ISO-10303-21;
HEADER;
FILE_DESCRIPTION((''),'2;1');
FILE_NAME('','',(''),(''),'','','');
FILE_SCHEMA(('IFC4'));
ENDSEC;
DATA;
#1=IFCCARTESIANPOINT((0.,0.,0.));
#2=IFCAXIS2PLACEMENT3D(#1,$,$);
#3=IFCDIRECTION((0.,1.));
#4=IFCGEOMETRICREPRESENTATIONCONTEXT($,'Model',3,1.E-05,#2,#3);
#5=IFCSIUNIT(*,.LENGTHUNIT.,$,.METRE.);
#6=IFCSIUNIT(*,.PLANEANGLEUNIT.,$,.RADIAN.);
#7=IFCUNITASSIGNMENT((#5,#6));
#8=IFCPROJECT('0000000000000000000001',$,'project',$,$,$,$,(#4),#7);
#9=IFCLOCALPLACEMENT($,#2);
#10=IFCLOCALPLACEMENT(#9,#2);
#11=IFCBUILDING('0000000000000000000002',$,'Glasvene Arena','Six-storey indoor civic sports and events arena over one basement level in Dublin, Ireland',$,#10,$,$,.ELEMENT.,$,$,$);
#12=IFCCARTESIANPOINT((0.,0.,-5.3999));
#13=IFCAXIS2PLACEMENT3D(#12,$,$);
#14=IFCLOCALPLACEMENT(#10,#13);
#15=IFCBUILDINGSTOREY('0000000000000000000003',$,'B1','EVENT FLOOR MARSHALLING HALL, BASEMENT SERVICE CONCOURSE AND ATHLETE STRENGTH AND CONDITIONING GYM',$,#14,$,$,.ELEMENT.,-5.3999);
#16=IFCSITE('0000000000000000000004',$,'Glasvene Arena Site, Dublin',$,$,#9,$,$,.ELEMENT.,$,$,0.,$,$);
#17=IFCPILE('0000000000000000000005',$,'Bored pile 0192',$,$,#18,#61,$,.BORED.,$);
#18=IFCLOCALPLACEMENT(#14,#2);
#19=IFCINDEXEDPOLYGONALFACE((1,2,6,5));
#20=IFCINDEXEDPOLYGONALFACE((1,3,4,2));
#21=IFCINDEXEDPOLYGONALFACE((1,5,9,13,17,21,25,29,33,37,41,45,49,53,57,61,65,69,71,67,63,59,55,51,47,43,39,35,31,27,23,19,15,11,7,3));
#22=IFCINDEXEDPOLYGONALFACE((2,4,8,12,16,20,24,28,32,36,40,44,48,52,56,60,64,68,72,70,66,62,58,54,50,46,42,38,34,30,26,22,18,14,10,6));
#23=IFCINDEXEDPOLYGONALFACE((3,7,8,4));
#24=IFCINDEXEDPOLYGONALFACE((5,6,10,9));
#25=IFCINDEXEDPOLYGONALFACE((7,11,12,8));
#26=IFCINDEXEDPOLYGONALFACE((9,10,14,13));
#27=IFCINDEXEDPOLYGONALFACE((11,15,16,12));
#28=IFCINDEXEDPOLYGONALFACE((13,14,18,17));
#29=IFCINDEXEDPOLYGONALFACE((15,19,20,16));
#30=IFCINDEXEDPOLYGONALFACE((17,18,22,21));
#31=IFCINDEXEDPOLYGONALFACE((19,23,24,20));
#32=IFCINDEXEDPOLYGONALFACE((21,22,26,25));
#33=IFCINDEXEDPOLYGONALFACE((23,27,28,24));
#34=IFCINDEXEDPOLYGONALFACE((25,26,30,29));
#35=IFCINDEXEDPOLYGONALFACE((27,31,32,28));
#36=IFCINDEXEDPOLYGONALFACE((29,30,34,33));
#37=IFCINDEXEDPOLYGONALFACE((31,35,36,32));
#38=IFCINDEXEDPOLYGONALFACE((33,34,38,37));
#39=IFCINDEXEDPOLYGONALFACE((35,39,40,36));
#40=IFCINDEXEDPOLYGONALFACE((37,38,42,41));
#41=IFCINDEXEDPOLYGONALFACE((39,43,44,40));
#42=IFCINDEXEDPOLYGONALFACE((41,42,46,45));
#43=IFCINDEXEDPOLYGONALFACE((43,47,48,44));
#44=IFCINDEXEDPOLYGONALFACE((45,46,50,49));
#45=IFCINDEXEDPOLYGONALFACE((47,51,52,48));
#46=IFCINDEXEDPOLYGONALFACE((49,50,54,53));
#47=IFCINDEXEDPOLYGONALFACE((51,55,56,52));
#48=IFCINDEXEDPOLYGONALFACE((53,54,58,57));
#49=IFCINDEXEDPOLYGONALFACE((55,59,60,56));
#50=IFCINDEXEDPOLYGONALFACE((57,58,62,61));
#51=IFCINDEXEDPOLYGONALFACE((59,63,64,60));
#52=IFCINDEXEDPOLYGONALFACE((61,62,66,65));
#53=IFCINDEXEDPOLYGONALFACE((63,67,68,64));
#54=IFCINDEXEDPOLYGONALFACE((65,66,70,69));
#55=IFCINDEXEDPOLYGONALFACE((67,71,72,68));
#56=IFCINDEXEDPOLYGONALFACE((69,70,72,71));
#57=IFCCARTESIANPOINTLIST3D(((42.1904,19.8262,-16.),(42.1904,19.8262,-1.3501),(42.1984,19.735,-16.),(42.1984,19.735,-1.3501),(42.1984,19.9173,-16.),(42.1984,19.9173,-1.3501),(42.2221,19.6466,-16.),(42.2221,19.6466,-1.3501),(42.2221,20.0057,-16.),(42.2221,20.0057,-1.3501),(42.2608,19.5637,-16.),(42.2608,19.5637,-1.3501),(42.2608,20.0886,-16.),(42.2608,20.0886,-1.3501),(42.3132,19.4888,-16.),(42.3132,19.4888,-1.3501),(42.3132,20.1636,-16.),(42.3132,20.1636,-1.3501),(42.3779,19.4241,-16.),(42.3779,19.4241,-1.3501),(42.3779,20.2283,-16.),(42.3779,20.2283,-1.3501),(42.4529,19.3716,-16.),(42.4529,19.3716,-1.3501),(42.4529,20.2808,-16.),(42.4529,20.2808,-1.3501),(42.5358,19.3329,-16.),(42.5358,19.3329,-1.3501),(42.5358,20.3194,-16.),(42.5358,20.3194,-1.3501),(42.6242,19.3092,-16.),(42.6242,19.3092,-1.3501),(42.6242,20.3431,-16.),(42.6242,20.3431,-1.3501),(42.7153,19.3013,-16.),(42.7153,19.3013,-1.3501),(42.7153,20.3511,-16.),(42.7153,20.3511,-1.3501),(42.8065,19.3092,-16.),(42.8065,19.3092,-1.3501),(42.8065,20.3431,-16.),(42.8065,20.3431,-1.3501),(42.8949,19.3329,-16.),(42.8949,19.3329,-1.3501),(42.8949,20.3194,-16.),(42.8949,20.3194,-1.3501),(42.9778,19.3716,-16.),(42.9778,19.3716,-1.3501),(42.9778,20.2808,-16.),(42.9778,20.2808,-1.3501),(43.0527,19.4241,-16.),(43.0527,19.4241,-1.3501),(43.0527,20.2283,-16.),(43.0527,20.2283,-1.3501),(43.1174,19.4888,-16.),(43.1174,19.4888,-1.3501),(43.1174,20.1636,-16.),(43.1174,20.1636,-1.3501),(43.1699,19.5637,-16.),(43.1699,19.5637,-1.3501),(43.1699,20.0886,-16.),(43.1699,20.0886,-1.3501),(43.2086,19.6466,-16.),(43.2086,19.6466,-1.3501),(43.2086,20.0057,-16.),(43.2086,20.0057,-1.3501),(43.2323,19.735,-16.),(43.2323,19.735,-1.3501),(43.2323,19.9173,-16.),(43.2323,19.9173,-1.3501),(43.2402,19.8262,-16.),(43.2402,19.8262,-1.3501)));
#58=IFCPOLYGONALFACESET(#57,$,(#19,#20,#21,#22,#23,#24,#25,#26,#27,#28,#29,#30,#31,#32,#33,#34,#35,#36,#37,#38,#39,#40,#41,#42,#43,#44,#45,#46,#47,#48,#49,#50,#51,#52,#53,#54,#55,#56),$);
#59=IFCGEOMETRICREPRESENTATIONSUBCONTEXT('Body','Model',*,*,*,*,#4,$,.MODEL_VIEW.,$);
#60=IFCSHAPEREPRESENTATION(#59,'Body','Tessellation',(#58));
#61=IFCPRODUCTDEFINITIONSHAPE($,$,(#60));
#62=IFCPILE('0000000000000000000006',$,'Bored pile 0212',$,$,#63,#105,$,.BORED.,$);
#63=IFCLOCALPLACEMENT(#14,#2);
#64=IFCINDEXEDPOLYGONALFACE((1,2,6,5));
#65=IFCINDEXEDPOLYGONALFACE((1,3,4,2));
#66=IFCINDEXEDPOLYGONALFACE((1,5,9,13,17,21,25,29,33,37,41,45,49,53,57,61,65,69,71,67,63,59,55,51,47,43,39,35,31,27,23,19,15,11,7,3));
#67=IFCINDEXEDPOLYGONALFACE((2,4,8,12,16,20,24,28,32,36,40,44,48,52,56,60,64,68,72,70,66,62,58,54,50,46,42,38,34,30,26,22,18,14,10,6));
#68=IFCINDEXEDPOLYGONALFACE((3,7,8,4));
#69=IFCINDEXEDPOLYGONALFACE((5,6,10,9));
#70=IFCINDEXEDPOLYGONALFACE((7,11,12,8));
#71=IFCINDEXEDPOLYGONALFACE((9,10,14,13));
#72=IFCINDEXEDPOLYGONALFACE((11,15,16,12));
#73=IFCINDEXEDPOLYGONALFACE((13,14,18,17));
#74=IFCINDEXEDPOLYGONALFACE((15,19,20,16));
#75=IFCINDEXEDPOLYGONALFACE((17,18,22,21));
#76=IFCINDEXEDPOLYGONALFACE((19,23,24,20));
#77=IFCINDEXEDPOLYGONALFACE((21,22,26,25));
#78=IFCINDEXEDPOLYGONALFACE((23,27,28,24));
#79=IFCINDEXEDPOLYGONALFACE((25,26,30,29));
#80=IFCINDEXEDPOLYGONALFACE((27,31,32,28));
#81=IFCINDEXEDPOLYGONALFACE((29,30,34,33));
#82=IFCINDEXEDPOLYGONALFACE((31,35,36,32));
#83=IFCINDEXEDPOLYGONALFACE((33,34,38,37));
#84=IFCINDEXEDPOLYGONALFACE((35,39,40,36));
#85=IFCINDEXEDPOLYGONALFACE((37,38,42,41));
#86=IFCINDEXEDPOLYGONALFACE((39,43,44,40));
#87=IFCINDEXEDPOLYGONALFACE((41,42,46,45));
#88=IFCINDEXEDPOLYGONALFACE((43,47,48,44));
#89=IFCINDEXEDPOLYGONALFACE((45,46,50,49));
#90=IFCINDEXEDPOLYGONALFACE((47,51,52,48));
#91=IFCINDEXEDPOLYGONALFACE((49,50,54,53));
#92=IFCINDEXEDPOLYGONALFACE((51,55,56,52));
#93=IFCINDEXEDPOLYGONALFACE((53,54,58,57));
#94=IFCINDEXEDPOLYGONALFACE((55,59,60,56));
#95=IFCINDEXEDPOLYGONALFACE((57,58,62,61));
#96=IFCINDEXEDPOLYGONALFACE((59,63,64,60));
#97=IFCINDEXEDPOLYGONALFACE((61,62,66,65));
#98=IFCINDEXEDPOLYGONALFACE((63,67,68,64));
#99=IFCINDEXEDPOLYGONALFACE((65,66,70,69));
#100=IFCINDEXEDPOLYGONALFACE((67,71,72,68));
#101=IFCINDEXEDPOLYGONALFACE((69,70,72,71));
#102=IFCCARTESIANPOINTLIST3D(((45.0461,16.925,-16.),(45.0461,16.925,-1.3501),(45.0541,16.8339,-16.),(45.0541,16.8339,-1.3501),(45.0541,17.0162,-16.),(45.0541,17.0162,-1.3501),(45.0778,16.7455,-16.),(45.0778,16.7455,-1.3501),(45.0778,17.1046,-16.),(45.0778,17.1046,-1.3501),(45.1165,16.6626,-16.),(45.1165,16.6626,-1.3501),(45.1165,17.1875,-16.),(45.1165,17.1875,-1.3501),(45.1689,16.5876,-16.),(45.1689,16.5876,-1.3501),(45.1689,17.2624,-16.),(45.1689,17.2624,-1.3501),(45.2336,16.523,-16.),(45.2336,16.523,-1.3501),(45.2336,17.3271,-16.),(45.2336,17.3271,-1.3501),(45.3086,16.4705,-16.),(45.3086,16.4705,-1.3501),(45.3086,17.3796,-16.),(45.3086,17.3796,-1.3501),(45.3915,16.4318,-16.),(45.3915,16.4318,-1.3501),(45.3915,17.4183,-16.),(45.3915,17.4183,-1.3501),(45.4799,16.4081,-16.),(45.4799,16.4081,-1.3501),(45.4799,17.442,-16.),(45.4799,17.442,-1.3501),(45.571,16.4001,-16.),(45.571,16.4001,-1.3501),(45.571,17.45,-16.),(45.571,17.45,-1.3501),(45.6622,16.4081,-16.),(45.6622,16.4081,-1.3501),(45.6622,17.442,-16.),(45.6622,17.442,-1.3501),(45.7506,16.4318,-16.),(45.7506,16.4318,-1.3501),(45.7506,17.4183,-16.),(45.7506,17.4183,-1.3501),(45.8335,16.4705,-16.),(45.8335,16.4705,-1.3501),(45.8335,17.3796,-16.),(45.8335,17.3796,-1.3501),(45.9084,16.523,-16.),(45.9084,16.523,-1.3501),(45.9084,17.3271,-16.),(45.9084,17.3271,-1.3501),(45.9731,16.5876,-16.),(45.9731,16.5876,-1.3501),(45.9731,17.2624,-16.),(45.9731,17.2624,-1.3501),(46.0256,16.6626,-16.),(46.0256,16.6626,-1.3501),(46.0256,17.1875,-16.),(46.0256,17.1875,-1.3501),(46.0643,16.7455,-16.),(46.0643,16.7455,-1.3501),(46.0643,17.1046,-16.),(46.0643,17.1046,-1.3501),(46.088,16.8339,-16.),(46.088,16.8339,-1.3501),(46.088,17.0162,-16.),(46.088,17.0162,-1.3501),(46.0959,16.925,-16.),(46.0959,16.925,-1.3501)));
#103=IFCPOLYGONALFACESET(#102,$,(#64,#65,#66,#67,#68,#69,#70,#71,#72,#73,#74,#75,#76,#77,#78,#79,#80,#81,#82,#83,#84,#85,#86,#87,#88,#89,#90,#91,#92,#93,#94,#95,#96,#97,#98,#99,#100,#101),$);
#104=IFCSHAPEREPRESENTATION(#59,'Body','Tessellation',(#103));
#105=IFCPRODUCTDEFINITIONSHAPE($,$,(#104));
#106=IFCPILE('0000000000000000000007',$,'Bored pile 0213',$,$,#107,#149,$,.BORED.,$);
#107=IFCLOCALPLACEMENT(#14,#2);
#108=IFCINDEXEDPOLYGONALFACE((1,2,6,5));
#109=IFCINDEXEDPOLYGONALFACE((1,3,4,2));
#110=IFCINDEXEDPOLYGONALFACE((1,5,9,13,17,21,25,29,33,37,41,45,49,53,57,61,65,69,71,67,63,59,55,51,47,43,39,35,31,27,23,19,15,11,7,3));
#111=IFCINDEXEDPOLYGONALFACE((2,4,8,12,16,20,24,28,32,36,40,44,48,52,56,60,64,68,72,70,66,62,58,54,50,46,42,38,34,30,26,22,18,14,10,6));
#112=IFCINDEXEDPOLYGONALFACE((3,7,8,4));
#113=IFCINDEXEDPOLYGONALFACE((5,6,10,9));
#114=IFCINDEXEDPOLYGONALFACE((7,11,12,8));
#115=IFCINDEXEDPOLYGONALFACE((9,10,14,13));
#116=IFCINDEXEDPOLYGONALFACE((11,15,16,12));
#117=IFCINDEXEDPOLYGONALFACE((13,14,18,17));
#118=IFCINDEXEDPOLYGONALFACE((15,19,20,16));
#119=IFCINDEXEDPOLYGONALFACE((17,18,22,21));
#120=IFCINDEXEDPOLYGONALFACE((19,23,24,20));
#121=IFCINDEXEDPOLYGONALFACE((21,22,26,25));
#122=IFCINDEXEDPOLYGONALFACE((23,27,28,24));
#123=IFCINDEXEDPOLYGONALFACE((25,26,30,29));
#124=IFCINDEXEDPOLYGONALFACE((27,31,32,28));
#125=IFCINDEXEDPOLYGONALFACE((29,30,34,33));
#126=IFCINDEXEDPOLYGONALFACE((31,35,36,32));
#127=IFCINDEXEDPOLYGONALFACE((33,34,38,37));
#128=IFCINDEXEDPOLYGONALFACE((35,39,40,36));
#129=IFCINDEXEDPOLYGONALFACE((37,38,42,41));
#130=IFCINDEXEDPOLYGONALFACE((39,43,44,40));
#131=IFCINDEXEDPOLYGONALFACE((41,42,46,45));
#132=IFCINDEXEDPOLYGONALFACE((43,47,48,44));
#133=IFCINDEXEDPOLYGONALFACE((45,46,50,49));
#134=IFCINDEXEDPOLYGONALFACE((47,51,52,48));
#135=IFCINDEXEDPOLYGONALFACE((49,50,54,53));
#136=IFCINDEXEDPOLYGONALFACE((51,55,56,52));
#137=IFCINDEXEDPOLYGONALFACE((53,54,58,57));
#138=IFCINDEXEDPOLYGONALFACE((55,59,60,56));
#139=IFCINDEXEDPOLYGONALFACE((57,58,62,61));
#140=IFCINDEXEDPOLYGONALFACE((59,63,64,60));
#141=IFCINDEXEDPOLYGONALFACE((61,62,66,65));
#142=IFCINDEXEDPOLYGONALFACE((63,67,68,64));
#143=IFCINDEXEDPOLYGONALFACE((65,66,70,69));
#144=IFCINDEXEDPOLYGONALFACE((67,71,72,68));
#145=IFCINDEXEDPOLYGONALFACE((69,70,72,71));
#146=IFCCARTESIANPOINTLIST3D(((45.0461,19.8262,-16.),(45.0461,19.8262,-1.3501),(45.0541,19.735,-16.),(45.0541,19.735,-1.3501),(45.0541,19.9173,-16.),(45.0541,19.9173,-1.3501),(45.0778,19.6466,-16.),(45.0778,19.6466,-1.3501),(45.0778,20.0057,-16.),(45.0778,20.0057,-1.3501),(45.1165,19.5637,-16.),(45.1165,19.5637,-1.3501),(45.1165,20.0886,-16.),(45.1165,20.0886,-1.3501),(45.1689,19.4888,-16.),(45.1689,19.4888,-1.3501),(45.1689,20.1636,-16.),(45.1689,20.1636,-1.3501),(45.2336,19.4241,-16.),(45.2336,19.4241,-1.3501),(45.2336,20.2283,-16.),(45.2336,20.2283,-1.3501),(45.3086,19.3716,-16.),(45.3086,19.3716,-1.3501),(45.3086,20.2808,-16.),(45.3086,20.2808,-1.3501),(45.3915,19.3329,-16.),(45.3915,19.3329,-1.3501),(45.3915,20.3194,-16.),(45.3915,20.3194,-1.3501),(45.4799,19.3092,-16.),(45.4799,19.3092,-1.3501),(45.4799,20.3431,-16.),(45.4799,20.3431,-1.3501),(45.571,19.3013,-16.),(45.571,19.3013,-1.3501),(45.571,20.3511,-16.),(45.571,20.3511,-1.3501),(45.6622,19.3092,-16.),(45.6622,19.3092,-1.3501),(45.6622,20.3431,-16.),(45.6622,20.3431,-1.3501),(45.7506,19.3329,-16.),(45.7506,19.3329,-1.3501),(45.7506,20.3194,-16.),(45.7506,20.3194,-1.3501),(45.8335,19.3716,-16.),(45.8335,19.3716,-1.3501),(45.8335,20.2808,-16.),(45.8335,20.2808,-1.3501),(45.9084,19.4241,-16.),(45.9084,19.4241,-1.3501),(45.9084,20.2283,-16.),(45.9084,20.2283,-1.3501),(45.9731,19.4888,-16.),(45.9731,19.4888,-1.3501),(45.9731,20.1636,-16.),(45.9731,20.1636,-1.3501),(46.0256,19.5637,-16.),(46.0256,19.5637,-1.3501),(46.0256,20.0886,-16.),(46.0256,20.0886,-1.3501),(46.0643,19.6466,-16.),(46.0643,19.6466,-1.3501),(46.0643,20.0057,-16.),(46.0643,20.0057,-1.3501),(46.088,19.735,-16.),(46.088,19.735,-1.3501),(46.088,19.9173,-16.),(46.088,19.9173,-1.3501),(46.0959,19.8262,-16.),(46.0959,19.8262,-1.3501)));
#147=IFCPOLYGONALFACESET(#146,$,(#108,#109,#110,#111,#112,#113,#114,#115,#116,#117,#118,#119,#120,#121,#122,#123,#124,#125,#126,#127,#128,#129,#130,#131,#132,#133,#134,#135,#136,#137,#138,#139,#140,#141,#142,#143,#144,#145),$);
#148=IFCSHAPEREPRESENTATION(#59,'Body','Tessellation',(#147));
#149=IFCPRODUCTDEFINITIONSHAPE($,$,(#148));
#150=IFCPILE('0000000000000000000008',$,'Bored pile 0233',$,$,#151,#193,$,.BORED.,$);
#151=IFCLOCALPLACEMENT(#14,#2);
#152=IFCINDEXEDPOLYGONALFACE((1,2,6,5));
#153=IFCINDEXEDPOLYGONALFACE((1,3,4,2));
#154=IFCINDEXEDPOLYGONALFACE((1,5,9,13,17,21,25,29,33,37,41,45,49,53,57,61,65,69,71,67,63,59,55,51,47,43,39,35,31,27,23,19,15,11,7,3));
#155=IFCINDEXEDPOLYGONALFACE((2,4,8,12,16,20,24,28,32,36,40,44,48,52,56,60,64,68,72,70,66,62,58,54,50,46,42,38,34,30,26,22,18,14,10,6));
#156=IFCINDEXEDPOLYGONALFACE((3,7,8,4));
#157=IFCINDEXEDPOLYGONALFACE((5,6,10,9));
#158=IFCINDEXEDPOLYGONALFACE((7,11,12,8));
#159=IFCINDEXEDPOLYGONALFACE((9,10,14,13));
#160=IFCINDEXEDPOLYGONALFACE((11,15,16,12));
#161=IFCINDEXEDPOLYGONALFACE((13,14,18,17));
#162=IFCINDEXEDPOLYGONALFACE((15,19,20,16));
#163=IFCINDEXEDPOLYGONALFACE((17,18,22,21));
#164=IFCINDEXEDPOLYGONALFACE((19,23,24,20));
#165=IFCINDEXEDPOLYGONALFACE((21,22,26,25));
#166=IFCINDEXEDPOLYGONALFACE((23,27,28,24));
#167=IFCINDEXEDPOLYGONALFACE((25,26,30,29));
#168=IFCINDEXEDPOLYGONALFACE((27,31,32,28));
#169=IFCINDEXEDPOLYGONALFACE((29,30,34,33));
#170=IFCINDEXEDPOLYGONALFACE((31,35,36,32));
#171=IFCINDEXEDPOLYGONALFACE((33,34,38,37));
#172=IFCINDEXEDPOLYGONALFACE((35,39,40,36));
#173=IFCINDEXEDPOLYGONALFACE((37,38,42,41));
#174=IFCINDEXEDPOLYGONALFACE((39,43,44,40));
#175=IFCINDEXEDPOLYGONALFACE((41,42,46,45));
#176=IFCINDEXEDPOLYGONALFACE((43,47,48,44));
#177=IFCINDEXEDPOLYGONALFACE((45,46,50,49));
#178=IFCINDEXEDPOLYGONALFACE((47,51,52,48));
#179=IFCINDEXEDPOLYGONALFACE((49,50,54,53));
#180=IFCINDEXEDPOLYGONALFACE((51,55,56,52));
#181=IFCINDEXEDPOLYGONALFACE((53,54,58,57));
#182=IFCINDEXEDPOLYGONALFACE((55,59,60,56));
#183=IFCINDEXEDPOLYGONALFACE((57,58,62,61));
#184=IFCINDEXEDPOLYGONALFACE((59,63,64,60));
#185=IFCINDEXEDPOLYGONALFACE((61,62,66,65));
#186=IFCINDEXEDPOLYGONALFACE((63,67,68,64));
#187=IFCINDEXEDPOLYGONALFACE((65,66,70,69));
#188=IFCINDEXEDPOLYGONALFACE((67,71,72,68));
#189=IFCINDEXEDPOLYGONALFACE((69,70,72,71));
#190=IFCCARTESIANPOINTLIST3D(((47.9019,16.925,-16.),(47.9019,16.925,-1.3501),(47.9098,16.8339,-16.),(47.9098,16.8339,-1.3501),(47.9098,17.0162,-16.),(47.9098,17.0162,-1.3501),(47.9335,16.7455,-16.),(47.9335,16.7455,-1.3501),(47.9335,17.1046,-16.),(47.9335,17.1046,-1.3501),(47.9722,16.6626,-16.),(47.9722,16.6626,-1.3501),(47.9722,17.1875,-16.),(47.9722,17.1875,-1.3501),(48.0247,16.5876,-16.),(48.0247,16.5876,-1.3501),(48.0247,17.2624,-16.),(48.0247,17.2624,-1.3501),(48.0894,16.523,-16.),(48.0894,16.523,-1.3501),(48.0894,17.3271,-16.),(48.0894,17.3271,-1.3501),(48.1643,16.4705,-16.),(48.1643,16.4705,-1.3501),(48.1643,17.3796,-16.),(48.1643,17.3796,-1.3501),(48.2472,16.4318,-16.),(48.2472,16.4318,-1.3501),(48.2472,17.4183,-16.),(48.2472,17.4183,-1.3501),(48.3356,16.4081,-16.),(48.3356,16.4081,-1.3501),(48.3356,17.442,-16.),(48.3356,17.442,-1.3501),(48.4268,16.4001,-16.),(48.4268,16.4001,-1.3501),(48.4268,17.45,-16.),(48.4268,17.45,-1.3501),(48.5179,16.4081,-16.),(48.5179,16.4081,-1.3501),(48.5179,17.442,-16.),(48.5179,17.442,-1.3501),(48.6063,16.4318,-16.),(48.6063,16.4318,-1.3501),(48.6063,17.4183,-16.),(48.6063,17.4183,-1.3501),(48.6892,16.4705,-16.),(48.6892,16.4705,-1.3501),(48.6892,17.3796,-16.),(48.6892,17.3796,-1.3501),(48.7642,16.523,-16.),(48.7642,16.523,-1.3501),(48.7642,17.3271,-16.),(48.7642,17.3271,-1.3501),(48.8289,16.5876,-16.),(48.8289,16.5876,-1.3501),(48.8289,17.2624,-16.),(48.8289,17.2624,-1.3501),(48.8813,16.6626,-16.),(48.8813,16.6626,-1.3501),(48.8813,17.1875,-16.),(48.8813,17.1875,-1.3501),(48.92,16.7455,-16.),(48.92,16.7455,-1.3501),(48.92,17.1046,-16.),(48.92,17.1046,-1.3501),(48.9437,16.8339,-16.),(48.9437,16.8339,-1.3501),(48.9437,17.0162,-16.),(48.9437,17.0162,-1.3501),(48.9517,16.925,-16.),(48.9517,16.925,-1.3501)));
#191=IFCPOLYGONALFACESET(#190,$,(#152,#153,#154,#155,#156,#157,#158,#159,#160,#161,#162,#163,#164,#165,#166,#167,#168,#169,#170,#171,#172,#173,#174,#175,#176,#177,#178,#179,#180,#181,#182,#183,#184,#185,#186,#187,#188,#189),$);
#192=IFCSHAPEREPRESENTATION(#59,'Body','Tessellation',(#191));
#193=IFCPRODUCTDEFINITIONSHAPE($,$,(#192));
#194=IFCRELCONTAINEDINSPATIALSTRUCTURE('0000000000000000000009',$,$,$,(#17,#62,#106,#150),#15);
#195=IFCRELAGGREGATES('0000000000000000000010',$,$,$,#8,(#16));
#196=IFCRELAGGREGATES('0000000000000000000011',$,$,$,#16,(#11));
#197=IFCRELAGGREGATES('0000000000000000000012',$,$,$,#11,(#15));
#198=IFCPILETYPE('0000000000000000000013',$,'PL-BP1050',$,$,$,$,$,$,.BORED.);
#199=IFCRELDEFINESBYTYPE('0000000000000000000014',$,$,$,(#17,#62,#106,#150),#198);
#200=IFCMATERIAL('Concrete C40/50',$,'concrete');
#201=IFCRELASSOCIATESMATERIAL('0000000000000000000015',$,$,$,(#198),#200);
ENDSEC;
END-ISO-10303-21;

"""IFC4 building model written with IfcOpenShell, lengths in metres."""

from ifc_helpers import new_model, si_unit, direction, frame, origin, origin_2d, place, context, subcontext, project, spatial, circle, extrude, material, material_profile, profile_set, type_object, element, save


model = new_model("IFC4")

# Units and contexts
model_context = context("Model", 3, precision=1e-05, world=origin(), true_north=direction((0.0, 1.0)))
body_context = subcontext(model_context, "Body", "Model", "MODEL_VIEW")
ifc_project = project(units=[si_unit("LENGTHUNIT", "METRE"), si_unit("PLANEANGLEUNIT", "RADIAN")], contexts=[model_context])

# Site, building, storey
site_placement = place(None, origin())
site = spatial("IfcSite", under=ifc_project, at=site_placement, Name="Glasvene Arena Site, Dublin", CompositionType="ELEMENT", RefElevation=0.0)
building_placement = place(site_placement, origin())
building = spatial("IfcBuilding", under=site, at=building_placement, Name="Glasvene Arena", Description="Six-storey indoor civic sports and events arena over one basement level in Dublin, Ireland", CompositionType="ELEMENT")
storey_placement = place(building_placement, frame((0.0, 0.0, -5.3999)))
storey = spatial("IfcBuildingStorey", under=building, at=storey_placement, Name="B1", Description="EVENT FLOOR MARSHALLING HALL, BASEMENT SERVICE CONCOURSE AND ATHLETE STRENGTH AND CONDITIONING GYM", CompositionType="ELEMENT", Elevation=-5.3999)

# Shared definitions
ifc_material_1 = material(Name="Concrete C40/50", Category="concrete")

# Piles
ifc_material_profile_1 = material_profile(ifc_material_1, circle(Radius=0.5249, at=origin_2d()), Name="BORED PILE 1050")
ifc_profile_set_1 = profile_set([ifc_material_profile_1], Name="Concrete C40/50")
pile_type = type_object("IfcPileType", Name="PL-BP1050", PredefinedType="BORED", material=ifc_profile_set_1)
for number, where, z_axis, x_axis, name in (
    (1, (42.7153, 19.8262, -1.3501), (0.0, 0.0, -1.0), (1.0, 0.0, 0.0), "Bored pile 0192"),
    (2, (45.571, 16.925, -1.3501), (0.0, 0.0, -1.0), (1.0, 0.0, 0.0), "Bored pile 0212"),
    (3, (45.571, 19.8262, -1.3501), (0.0, 0.0, -1.0), (1.0, 0.0, 0.0), "Bored pile 0213"),
    (4, (48.4268, 16.925, -1.3501), (0.0, 0.0, -1.0), (1.0, 0.0, 0.0), "Bored pile 0233"),
):
    element("IfcPile", number, at=place(storey_placement, frame(where, z_axis=z_axis, x_axis=x_axis)), inside=storey, type_object=pile_type, Name=name, PredefinedType="BORED", context=body_context, shape_type="SweptSolid", body=[
        extrude(circle(Radius=0.5249, at=origin_2d()), origin(), (0.0, 0.0, 1.0), 14.6499),
    ])

save(model, "model.ifc")
